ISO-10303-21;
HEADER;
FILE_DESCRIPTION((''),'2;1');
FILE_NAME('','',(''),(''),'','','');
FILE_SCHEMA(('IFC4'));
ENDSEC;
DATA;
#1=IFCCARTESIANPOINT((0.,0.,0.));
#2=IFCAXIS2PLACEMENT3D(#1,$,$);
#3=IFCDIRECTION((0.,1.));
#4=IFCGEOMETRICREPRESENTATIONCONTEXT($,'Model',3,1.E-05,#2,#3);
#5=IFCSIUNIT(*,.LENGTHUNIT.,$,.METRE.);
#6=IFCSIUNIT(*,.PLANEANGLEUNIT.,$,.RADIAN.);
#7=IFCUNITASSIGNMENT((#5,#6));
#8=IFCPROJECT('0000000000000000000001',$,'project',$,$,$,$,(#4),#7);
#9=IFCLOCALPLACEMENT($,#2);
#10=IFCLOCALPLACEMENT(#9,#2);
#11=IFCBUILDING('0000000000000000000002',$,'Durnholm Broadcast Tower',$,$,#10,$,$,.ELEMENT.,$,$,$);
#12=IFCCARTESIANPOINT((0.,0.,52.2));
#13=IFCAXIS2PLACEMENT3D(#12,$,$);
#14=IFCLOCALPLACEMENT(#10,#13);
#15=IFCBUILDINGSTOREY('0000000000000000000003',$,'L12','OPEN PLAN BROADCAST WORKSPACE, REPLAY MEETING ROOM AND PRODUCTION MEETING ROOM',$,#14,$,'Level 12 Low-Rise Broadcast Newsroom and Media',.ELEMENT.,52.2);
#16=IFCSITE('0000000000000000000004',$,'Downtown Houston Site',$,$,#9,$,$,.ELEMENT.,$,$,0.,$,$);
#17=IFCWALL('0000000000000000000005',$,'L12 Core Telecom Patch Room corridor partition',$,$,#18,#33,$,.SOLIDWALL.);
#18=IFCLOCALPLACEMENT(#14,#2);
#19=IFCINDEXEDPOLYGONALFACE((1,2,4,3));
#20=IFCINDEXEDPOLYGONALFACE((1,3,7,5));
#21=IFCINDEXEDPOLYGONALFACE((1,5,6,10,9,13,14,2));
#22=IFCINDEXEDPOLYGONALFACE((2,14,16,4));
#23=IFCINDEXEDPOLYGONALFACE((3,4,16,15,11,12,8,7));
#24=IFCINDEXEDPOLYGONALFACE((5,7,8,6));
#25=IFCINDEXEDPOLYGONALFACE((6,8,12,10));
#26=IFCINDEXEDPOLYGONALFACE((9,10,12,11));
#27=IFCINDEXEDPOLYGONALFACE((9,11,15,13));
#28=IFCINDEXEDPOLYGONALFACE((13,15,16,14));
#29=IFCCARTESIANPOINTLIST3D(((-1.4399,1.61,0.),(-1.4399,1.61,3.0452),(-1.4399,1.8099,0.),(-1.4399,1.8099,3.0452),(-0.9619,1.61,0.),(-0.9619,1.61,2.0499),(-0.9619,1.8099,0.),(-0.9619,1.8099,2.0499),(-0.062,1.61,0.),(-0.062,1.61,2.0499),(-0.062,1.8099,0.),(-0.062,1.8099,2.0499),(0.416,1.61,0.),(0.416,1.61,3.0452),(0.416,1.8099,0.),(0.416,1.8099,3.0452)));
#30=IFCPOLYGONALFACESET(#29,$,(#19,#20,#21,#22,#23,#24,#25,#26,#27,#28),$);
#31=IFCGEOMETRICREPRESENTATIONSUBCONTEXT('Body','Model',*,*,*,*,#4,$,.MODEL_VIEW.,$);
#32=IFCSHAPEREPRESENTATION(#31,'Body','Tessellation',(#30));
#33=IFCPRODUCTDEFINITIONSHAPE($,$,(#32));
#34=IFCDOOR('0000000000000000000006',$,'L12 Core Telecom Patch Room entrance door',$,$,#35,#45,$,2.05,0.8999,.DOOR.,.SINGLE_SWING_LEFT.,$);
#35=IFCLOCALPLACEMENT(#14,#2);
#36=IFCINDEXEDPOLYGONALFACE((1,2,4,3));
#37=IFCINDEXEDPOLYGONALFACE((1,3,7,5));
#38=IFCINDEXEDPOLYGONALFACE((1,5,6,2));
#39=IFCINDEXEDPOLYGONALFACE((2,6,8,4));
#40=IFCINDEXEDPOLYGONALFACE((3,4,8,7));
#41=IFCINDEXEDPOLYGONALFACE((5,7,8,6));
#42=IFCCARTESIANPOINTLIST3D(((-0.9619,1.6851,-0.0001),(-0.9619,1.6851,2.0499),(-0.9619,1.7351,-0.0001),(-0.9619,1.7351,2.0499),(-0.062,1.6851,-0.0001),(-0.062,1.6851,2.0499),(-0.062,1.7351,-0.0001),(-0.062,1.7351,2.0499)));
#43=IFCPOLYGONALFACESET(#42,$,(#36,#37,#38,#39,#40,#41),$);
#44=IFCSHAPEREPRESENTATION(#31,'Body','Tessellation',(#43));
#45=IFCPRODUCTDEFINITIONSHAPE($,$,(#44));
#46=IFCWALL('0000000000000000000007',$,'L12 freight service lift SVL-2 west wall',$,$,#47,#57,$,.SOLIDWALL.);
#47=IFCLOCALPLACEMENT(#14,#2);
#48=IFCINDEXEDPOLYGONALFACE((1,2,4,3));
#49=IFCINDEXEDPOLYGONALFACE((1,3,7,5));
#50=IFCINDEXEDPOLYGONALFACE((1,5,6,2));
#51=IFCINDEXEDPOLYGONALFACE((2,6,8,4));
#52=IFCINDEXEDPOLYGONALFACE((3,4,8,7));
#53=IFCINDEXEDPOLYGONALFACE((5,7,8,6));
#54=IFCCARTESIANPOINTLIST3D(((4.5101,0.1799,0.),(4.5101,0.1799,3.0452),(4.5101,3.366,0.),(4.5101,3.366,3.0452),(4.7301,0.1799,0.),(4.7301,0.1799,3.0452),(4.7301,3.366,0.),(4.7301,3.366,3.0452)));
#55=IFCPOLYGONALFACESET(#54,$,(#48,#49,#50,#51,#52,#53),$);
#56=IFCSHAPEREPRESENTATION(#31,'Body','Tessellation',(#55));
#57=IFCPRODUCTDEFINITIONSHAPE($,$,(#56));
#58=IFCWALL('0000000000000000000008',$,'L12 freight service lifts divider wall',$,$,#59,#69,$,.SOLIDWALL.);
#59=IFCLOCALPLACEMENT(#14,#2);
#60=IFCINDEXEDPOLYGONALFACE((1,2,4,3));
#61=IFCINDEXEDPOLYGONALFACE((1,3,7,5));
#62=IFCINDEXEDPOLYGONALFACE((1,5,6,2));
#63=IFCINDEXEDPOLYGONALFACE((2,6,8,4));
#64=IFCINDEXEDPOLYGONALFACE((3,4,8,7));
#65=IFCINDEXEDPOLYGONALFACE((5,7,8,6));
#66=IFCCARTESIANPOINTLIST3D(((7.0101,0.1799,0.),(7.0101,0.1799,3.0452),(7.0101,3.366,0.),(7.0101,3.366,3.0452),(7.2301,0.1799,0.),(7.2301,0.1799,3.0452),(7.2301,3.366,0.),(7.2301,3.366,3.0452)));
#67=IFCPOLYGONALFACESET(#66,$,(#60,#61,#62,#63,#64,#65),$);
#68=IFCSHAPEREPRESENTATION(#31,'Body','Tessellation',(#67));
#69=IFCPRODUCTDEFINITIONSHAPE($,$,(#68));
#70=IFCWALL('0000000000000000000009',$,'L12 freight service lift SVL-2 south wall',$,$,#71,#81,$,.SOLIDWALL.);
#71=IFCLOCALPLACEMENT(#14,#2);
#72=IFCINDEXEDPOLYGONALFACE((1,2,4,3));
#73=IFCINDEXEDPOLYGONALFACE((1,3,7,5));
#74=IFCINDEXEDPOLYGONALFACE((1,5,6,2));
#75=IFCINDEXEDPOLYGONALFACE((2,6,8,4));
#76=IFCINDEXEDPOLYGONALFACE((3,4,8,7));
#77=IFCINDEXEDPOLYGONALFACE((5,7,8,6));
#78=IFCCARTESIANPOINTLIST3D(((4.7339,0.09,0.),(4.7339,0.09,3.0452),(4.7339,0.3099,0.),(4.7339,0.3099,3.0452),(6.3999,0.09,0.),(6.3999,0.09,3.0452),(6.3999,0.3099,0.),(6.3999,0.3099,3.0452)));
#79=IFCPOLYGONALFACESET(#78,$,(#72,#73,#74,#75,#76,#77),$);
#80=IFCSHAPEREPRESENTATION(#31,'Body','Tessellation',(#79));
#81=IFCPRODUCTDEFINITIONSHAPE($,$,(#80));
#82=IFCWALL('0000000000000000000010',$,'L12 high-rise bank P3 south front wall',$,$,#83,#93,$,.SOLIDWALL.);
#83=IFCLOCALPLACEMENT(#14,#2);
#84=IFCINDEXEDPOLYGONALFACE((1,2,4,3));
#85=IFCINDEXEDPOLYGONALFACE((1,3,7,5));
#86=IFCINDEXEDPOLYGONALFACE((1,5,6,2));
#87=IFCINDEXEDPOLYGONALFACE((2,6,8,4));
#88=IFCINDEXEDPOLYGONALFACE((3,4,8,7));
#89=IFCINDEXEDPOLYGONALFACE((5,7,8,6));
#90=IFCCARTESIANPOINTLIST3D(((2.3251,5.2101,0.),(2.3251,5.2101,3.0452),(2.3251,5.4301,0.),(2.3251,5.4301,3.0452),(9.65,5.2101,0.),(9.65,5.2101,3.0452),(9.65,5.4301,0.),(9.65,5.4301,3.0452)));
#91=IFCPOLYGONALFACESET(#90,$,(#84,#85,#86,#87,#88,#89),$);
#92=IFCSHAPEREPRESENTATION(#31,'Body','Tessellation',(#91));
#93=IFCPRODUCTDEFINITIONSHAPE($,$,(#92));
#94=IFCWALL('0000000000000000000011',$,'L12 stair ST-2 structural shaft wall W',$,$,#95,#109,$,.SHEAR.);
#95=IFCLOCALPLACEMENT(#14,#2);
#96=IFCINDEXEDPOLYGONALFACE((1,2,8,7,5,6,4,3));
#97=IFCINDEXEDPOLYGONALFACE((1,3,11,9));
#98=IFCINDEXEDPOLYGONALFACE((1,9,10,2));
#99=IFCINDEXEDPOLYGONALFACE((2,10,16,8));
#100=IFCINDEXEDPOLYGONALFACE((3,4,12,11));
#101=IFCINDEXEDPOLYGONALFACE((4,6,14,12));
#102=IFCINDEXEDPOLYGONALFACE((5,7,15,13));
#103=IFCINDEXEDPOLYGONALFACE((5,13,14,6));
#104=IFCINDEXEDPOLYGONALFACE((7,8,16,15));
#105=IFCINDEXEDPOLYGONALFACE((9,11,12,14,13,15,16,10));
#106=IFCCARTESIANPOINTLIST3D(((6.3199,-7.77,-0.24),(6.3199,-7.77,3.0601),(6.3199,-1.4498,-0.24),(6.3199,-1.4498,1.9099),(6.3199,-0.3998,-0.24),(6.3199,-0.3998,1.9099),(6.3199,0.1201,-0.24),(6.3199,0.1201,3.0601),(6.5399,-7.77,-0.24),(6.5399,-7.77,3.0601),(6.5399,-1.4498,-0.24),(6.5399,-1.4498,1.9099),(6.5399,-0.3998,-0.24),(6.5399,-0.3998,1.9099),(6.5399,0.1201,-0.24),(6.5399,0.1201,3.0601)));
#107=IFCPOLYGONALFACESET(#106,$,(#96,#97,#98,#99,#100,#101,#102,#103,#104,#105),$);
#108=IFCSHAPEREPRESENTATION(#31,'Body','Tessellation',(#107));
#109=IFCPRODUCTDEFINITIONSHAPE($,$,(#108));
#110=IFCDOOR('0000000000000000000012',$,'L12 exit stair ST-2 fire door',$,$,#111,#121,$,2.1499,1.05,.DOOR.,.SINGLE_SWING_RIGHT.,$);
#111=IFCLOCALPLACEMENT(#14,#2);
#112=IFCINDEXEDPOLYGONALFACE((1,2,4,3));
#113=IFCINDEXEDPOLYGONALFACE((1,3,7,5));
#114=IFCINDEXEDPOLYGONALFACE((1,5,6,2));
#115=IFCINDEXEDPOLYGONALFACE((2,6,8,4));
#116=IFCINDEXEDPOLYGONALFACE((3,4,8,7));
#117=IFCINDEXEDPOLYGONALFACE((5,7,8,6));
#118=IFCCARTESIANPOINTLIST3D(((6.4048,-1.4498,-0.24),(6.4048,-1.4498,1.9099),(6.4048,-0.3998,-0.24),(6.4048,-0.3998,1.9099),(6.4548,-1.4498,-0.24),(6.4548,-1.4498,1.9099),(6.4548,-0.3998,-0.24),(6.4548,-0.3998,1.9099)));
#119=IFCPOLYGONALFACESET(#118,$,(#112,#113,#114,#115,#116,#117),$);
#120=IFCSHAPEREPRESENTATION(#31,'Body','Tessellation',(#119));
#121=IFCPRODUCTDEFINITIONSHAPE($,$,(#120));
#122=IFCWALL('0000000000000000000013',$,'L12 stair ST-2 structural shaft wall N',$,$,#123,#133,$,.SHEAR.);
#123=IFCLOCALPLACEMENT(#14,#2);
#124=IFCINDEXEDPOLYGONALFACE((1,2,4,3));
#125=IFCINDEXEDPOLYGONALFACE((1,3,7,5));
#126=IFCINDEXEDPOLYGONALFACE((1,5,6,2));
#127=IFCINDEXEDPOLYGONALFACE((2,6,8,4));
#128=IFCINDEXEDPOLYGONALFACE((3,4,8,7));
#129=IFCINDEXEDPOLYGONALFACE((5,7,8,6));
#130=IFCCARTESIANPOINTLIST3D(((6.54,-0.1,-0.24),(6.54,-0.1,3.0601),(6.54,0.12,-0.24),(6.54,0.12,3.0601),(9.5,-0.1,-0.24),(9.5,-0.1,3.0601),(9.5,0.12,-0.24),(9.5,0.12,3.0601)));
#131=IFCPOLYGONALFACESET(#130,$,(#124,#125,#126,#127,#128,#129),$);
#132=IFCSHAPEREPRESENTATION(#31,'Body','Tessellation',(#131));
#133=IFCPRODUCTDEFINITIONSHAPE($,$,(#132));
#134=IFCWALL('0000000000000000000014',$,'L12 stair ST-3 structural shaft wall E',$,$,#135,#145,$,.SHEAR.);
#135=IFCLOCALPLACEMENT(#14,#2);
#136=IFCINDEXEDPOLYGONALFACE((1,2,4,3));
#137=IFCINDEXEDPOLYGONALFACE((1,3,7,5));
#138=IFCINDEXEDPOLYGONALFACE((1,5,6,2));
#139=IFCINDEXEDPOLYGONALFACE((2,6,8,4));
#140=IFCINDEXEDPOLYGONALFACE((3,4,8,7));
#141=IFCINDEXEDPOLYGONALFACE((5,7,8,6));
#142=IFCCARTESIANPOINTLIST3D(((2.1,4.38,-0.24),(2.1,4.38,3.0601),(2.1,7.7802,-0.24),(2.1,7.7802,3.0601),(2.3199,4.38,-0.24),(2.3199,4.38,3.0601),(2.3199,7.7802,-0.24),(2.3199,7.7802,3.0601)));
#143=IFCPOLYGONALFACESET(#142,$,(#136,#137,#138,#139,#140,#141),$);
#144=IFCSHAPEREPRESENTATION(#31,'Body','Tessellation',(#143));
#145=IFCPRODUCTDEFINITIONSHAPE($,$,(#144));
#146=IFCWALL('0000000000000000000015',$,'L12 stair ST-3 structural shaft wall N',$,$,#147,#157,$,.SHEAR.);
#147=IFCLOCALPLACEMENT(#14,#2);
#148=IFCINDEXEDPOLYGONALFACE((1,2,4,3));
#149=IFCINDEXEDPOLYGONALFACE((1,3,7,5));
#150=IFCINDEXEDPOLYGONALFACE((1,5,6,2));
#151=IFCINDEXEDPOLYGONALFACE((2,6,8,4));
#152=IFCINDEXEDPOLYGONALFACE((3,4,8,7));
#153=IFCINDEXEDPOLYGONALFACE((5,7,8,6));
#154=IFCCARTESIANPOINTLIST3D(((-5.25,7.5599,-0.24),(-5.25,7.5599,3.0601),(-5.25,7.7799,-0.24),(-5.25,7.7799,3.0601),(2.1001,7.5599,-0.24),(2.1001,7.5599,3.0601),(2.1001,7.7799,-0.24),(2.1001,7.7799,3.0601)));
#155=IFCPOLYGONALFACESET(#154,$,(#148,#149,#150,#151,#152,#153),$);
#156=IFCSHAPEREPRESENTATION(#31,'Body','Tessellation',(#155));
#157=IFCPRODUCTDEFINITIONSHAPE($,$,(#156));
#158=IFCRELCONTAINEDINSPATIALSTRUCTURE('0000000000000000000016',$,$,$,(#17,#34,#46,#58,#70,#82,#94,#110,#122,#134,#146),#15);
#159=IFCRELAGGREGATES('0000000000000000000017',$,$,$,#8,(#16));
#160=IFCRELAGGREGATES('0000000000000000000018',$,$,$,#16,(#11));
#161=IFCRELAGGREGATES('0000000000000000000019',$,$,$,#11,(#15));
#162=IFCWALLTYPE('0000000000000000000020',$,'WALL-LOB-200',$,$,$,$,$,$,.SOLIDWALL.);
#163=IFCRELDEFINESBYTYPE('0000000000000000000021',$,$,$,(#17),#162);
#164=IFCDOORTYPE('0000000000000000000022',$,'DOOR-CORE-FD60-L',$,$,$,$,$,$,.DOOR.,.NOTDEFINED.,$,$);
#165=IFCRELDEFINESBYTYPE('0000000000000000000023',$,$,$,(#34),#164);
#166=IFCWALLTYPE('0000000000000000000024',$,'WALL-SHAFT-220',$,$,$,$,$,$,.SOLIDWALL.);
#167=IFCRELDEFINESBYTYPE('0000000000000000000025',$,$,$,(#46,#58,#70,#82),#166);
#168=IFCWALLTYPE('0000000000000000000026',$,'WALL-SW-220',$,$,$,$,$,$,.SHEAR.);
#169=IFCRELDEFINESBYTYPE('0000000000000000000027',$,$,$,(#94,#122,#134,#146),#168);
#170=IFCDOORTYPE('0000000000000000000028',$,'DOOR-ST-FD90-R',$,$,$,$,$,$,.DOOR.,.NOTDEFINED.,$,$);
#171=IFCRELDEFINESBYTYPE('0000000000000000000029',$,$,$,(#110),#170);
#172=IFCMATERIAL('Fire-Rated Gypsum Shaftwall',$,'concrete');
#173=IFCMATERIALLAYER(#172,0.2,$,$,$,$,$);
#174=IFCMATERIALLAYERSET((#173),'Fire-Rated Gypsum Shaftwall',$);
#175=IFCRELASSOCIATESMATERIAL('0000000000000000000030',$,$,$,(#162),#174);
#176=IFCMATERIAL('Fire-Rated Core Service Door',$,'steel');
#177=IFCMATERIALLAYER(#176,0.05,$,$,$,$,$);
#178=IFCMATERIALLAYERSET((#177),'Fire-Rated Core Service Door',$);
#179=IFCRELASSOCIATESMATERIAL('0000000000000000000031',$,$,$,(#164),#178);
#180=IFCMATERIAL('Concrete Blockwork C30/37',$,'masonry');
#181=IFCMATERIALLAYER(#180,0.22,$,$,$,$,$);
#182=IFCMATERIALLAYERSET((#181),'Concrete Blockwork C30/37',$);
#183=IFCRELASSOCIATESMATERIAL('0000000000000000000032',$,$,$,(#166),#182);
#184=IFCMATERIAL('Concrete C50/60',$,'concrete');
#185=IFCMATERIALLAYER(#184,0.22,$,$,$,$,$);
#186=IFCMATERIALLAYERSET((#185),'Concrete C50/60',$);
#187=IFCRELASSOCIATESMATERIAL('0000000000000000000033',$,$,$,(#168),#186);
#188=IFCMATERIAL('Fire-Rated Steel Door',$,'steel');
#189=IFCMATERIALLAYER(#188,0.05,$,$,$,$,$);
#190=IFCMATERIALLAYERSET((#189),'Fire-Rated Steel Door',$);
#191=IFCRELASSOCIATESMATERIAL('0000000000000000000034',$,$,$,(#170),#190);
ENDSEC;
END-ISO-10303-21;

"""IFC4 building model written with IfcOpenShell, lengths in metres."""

from ifc_helpers import new_model, si_unit, direction, frame, frame_2d, origin, place, context, subcontext, project, spatial, rectangle, extrude, source, transform, mapped, material, layer, layer_set, type_object, type_shapes, element, fill, save


model = new_model("IFC4")

# Units and contexts
model_context = context("Model", 3, precision=1e-05, world=origin(), true_north=direction((0.0, 1.0)))
body_context = subcontext(model_context, "Body", "Model", "MODEL_VIEW")
ifc_project = project(units=[si_unit("LENGTHUNIT", "METRE"), si_unit("PLANEANGLEUNIT", "RADIAN")], contexts=[model_context])

# Site, building, storey
site_placement = place(None, origin())
site = spatial("IfcSite", under=ifc_project, at=site_placement, Name="Downtown Houston Site", CompositionType="ELEMENT", RefElevation=0.0)
building_placement = place(site_placement, origin())
building = spatial("IfcBuilding", under=site, at=building_placement, Name="Durnholm Broadcast Tower", CompositionType="ELEMENT")
storey_placement = place(building_placement, frame((0.0, 0.0, 52.2)))
storey = spatial("IfcBuildingStorey", under=building, at=storey_placement, Name="L12", Description="OPEN PLAN BROADCAST WORKSPACE, REPLAY MEETING ROOM AND PRODUCTION MEETING ROOM", LongName="Level 12 Low-Rise Broadcast Newsroom and Media", CompositionType="ELEMENT", Elevation=52.2)

# Shared definitions
ifc_material_1 = material(Name="Concrete C50/60", Category="concrete")

# Shared definitions
ifc_material_2 = material(Name="Fire-Rated Gypsum Shaftwall", Category="concrete")
ifc_layer_1 = layer(ifc_material_2, 0.2)
ifc_layer_set_1 = layer_set([ifc_layer_1], Name="Fire-Rated Gypsum Shaftwall")
wall_type_1 = type_object("IfcWallType", Name="WALL-LOB-200", PredefinedType="SOLIDWALL", material=ifc_layer_set_1)

# Wall, opening, door
wall_1_placement = place(storey_placement, frame((0.416, 1.71, 0.0), z_axis=(0.0, 0.0, 1.0), x_axis=(-1.0, 0.0, 0.0)))
wall_1 = element("IfcWall", 1, at=wall_1_placement, inside=storey, type_object=wall_type_1, Name="L12 Core Telecom Patch Room corridor partition", PredefinedType="SOLIDWALL", context=body_context, shape_type="SweptSolid", body=[
    extrude(rectangle(XDim=1.856, YDim=0.2, at=frame_2d((0.928, 0.0))), origin(), (0.0, 0.0, 1.0), 3.0452),
])
opening_1_placement = place(wall_1_placement, frame((0.478, 0.0, 0.0)))
opening_1 = element("IfcOpeningElement", 2, at=opening_1_placement, cuts=wall_1, PredefinedType="OPENING", context=body_context, shape_type="SweptSolid", body=[
    extrude(rectangle(XDim=0.8999, YDim=2.05, at=frame_2d((0.45, 1.0249))), frame((0.0, 0.1099, 0.0), z_axis=(0.0, -1.0, 0.0), x_axis=(1.0, 0.0, 0.0)), (0.0, 0.0, 1.0), 0.22),
])
ifc_material_3 = material(Name="Fire-Rated Core Service Door", Category="steel")
ifc_layer_2 = layer(ifc_material_3, 0.05)
ifc_layer_set_2 = layer_set([ifc_layer_2], Name="Fire-Rated Core Service Door")
door_type_1 = type_object("IfcDoorType", Name="DOOR-CORE-FD60-L", OperationType="NOTDEFINED", PredefinedType="DOOR", material=ifc_layer_set_2)
shared_shape_1 = source(origin(), body_context, "Body", "SweptSolid", [
    extrude(rectangle(XDim=0.8999, YDim=2.05, at=frame_2d((0.45, 1.0249))), frame((0.0, 0.0249, 0.0), z_axis=(0.0, -1.0, 0.0), x_axis=(1.0, 0.0, 0.0)), (0.0, 0.0, 1.0), 0.05),
])
type_shapes(door_type_1, [shared_shape_1])
door_1_placement = place(opening_1_placement, origin())
door_1 = element("IfcDoor", 3, at=door_1_placement, inside=storey, type_object=door_type_1, Name="L12 Core Telecom Patch Room entrance door", OperationType="SINGLE_SWING_LEFT", OverallHeight=2.05, OverallWidth=0.8999, PredefinedType="DOOR", context=body_context, shape_type="MappedRepresentation", body=[
    mapped(shared_shape_1, transform((0.0, 0.0, 0.0), x_axis=(1.0, 0.0, 0.0), y_axis=(0.0, 1.0, 0.0), z_axis=(0.0, 0.0, 1.0), scale=1.0)),
])
fill(opening_1, door_1)

# Shared definitions
ifc_material_4 = material(Name="Concrete Blockwork C30/37", Category="masonry")
ifc_layer_3 = layer(ifc_material_4, 0.22)
ifc_layer_set_3 = layer_set([ifc_layer_3], Name="Concrete Blockwork C30/37")
wall_type_2 = type_object("IfcWallType", Name="WALL-SHAFT-220", PredefinedType="SOLIDWALL", material=ifc_layer_set_3)

# Walls
for number, where, z_axis, x_axis, name in (
    (4, (4.6201, 0.1799, 0.0), (0.0, 0.0, 1.0), (0.0, 1.0, 0.0), "L12 freight service lift SVL-2 west wall"),
    (5, (7.1201, 0.1799, 0.0), (0.0, 0.0, 1.0), (0.0, 1.0, 0.0), "L12 freight service lifts divider wall"),
):
    element("IfcWall", number, at=place(storey_placement, frame(where, z_axis=z_axis, x_axis=x_axis)), inside=storey, type_object=wall_type_2, Name=name, PredefinedType="SOLIDWALL", context=body_context, shape_type="SweptSolid", body=[
        extrude(rectangle(XDim=3.186, YDim=0.22, at=frame_2d((1.593, 0.0))), origin(), (0.0, 0.0, 1.0), 3.0452),
    ])
wall_2_placement = place(storey_placement, frame((4.7339, 0.2, 0.0), z_axis=(0.0, 0.0, 1.0), x_axis=(1.0, 0.0, 0.0)))
element("IfcWall", 6, at=wall_2_placement, inside=storey, type_object=wall_type_2, Name="L12 freight service lift SVL-2 south wall", PredefinedType="SOLIDWALL", context=body_context, shape_type="SweptSolid", body=[
    extrude(rectangle(XDim=1.666, YDim=0.22, at=frame_2d((0.833, 0.0))), origin(), (0.0, 0.0, 1.0), 3.0452),
])
wall_3_placement = place(storey_placement, frame((2.325, 5.3201, 0.0), z_axis=(0.0, 0.0, 1.0), x_axis=(1.0, 0.0, 0.0)))
element("IfcWall", 7, at=wall_3_placement, inside=storey, type_object=wall_type_2, Name="L12 high-rise bank P3 south front wall", PredefinedType="SOLIDWALL", context=body_context, shape_type="SweptSolid", body=[
    extrude(rectangle(XDim=7.325, YDim=0.22, at=frame_2d((3.6626, 0.0))), origin(), (0.0, 0.0, 1.0), 3.0452),
])

# Wall, opening, door
ifc_layer_4 = layer(ifc_material_1, 0.22)
ifc_layer_set_4 = layer_set([ifc_layer_4], Name="Concrete C50/60")
wall_type_3 = type_object("IfcWallType", Name="WALL-SW-220", PredefinedType="SHEAR", material=ifc_layer_set_4)
wall_4_placement = place(storey_placement, frame((6.4299, 0.1201, -0.24), z_axis=(0.0, 0.0, 1.0), x_axis=(0.0, -1.0, 0.0)))
wall_4 = element("IfcWall", 8, at=wall_4_placement, inside=storey, type_object=wall_type_3, Name="L12 stair ST-2 structural shaft wall W", PredefinedType="SHEAR", context=body_context, shape_type="SweptSolid", body=[
    extrude(rectangle(XDim=7.8901, YDim=0.22, at=frame_2d((3.9451, 0.0))), origin(), (0.0, 0.0, 1.0), 3.3),
])
opening_2_placement = place(wall_4_placement, frame((0.52, 0.0, 0.0)))
opening_2 = element("IfcOpeningElement", 9, at=opening_2_placement, cuts=wall_4, PredefinedType="OPENING", context=body_context, shape_type="SweptSolid", body=[
    extrude(rectangle(XDim=1.05, YDim=2.1499, at=frame_2d((0.5249, 1.075))), frame((0.0, 0.1201, 0.0), z_axis=(0.0, -1.0, 0.0), x_axis=(1.0, 0.0, 0.0)), (0.0, 0.0, 1.0), 0.24),
])
ifc_material_5 = material(Name="Fire-Rated Steel Door", Category="steel")
ifc_layer_5 = layer(ifc_material_5, 0.05)
ifc_layer_set_5 = layer_set([ifc_layer_5], Name="Fire-Rated Steel Door")
door_type_2 = type_object("IfcDoorType", Name="DOOR-ST-FD90-R", OperationType="NOTDEFINED", PredefinedType="DOOR", material=ifc_layer_set_5)
shared_shape_2 = source(origin(), body_context, "Body", "SweptSolid", [
    extrude(rectangle(XDim=1.05, YDim=2.1499, at=frame_2d((0.5249, 1.075))), frame((0.0, 0.0249, 0.0), z_axis=(0.0, -1.0, 0.0), x_axis=(1.0, 0.0, 0.0)), (0.0, 0.0, 1.0), 0.05),
])
type_shapes(door_type_2, [shared_shape_2])
door_2_placement = place(opening_2_placement, origin())
door_2 = element("IfcDoor", 10, at=door_2_placement, inside=storey, type_object=door_type_2, Name="L12 exit stair ST-2 fire door", OperationType="SINGLE_SWING_RIGHT", OverallHeight=2.1499, OverallWidth=1.05, PredefinedType="DOOR", context=body_context, shape_type="MappedRepresentation", body=[
    mapped(shared_shape_2, transform((0.0, 0.0, 0.0), x_axis=(1.0, 0.0, 0.0), y_axis=(0.0, 1.0, 0.0), z_axis=(0.0, 0.0, 1.0), scale=1.0)),
])
fill(opening_2, door_2)

# Walls
wall_5_placement = place(storey_placement, frame((9.5, 0.01, -0.24), z_axis=(0.0, 0.0, 1.0), x_axis=(-1.0, 0.0, 0.0)))
element("IfcWall", 11, at=wall_5_placement, inside=storey, type_object=wall_type_3, Name="L12 stair ST-2 structural shaft wall N", PredefinedType="SHEAR", context=body_context, shape_type="SweptSolid", body=[
    extrude(rectangle(XDim=2.96, YDim=0.22, at=frame_2d((1.48, 0.0))), origin(), (0.0, 0.0, 1.0), 3.3),
])
wall_6_placement = place(storey_placement, frame((2.21, 4.3799, -0.24), z_axis=(0.0, 0.0, 1.0), x_axis=(0.0, 1.0, 0.0)))
element("IfcWall", 12, at=wall_6_placement, inside=storey, type_object=wall_type_3, Name="L12 stair ST-3 structural shaft wall E", PredefinedType="SHEAR", context=body_context, shape_type="SweptSolid", body=[
    extrude(rectangle(XDim=3.4001, YDim=0.22, at=frame_2d((1.7002, 0.0))), origin(), (0.0, 0.0, 1.0), 3.3),
])
wall_7_placement = place(storey_placement, frame((2.1001, 7.6699, -0.24), z_axis=(0.0, 0.0, 1.0), x_axis=(-1.0, 0.0, 0.0)))
element("IfcWall", 13, at=wall_7_placement, inside=storey, type_object=wall_type_3, Name="L12 stair ST-3 structural shaft wall N", PredefinedType="SHEAR", context=body_context, shape_type="SweptSolid", body=[
    extrude(rectangle(XDim=7.3501, YDim=0.22, at=frame_2d((3.675, 0.0))), origin(), (0.0, 0.0, 1.0), 3.3),
])

save(model, "model.ifc")
